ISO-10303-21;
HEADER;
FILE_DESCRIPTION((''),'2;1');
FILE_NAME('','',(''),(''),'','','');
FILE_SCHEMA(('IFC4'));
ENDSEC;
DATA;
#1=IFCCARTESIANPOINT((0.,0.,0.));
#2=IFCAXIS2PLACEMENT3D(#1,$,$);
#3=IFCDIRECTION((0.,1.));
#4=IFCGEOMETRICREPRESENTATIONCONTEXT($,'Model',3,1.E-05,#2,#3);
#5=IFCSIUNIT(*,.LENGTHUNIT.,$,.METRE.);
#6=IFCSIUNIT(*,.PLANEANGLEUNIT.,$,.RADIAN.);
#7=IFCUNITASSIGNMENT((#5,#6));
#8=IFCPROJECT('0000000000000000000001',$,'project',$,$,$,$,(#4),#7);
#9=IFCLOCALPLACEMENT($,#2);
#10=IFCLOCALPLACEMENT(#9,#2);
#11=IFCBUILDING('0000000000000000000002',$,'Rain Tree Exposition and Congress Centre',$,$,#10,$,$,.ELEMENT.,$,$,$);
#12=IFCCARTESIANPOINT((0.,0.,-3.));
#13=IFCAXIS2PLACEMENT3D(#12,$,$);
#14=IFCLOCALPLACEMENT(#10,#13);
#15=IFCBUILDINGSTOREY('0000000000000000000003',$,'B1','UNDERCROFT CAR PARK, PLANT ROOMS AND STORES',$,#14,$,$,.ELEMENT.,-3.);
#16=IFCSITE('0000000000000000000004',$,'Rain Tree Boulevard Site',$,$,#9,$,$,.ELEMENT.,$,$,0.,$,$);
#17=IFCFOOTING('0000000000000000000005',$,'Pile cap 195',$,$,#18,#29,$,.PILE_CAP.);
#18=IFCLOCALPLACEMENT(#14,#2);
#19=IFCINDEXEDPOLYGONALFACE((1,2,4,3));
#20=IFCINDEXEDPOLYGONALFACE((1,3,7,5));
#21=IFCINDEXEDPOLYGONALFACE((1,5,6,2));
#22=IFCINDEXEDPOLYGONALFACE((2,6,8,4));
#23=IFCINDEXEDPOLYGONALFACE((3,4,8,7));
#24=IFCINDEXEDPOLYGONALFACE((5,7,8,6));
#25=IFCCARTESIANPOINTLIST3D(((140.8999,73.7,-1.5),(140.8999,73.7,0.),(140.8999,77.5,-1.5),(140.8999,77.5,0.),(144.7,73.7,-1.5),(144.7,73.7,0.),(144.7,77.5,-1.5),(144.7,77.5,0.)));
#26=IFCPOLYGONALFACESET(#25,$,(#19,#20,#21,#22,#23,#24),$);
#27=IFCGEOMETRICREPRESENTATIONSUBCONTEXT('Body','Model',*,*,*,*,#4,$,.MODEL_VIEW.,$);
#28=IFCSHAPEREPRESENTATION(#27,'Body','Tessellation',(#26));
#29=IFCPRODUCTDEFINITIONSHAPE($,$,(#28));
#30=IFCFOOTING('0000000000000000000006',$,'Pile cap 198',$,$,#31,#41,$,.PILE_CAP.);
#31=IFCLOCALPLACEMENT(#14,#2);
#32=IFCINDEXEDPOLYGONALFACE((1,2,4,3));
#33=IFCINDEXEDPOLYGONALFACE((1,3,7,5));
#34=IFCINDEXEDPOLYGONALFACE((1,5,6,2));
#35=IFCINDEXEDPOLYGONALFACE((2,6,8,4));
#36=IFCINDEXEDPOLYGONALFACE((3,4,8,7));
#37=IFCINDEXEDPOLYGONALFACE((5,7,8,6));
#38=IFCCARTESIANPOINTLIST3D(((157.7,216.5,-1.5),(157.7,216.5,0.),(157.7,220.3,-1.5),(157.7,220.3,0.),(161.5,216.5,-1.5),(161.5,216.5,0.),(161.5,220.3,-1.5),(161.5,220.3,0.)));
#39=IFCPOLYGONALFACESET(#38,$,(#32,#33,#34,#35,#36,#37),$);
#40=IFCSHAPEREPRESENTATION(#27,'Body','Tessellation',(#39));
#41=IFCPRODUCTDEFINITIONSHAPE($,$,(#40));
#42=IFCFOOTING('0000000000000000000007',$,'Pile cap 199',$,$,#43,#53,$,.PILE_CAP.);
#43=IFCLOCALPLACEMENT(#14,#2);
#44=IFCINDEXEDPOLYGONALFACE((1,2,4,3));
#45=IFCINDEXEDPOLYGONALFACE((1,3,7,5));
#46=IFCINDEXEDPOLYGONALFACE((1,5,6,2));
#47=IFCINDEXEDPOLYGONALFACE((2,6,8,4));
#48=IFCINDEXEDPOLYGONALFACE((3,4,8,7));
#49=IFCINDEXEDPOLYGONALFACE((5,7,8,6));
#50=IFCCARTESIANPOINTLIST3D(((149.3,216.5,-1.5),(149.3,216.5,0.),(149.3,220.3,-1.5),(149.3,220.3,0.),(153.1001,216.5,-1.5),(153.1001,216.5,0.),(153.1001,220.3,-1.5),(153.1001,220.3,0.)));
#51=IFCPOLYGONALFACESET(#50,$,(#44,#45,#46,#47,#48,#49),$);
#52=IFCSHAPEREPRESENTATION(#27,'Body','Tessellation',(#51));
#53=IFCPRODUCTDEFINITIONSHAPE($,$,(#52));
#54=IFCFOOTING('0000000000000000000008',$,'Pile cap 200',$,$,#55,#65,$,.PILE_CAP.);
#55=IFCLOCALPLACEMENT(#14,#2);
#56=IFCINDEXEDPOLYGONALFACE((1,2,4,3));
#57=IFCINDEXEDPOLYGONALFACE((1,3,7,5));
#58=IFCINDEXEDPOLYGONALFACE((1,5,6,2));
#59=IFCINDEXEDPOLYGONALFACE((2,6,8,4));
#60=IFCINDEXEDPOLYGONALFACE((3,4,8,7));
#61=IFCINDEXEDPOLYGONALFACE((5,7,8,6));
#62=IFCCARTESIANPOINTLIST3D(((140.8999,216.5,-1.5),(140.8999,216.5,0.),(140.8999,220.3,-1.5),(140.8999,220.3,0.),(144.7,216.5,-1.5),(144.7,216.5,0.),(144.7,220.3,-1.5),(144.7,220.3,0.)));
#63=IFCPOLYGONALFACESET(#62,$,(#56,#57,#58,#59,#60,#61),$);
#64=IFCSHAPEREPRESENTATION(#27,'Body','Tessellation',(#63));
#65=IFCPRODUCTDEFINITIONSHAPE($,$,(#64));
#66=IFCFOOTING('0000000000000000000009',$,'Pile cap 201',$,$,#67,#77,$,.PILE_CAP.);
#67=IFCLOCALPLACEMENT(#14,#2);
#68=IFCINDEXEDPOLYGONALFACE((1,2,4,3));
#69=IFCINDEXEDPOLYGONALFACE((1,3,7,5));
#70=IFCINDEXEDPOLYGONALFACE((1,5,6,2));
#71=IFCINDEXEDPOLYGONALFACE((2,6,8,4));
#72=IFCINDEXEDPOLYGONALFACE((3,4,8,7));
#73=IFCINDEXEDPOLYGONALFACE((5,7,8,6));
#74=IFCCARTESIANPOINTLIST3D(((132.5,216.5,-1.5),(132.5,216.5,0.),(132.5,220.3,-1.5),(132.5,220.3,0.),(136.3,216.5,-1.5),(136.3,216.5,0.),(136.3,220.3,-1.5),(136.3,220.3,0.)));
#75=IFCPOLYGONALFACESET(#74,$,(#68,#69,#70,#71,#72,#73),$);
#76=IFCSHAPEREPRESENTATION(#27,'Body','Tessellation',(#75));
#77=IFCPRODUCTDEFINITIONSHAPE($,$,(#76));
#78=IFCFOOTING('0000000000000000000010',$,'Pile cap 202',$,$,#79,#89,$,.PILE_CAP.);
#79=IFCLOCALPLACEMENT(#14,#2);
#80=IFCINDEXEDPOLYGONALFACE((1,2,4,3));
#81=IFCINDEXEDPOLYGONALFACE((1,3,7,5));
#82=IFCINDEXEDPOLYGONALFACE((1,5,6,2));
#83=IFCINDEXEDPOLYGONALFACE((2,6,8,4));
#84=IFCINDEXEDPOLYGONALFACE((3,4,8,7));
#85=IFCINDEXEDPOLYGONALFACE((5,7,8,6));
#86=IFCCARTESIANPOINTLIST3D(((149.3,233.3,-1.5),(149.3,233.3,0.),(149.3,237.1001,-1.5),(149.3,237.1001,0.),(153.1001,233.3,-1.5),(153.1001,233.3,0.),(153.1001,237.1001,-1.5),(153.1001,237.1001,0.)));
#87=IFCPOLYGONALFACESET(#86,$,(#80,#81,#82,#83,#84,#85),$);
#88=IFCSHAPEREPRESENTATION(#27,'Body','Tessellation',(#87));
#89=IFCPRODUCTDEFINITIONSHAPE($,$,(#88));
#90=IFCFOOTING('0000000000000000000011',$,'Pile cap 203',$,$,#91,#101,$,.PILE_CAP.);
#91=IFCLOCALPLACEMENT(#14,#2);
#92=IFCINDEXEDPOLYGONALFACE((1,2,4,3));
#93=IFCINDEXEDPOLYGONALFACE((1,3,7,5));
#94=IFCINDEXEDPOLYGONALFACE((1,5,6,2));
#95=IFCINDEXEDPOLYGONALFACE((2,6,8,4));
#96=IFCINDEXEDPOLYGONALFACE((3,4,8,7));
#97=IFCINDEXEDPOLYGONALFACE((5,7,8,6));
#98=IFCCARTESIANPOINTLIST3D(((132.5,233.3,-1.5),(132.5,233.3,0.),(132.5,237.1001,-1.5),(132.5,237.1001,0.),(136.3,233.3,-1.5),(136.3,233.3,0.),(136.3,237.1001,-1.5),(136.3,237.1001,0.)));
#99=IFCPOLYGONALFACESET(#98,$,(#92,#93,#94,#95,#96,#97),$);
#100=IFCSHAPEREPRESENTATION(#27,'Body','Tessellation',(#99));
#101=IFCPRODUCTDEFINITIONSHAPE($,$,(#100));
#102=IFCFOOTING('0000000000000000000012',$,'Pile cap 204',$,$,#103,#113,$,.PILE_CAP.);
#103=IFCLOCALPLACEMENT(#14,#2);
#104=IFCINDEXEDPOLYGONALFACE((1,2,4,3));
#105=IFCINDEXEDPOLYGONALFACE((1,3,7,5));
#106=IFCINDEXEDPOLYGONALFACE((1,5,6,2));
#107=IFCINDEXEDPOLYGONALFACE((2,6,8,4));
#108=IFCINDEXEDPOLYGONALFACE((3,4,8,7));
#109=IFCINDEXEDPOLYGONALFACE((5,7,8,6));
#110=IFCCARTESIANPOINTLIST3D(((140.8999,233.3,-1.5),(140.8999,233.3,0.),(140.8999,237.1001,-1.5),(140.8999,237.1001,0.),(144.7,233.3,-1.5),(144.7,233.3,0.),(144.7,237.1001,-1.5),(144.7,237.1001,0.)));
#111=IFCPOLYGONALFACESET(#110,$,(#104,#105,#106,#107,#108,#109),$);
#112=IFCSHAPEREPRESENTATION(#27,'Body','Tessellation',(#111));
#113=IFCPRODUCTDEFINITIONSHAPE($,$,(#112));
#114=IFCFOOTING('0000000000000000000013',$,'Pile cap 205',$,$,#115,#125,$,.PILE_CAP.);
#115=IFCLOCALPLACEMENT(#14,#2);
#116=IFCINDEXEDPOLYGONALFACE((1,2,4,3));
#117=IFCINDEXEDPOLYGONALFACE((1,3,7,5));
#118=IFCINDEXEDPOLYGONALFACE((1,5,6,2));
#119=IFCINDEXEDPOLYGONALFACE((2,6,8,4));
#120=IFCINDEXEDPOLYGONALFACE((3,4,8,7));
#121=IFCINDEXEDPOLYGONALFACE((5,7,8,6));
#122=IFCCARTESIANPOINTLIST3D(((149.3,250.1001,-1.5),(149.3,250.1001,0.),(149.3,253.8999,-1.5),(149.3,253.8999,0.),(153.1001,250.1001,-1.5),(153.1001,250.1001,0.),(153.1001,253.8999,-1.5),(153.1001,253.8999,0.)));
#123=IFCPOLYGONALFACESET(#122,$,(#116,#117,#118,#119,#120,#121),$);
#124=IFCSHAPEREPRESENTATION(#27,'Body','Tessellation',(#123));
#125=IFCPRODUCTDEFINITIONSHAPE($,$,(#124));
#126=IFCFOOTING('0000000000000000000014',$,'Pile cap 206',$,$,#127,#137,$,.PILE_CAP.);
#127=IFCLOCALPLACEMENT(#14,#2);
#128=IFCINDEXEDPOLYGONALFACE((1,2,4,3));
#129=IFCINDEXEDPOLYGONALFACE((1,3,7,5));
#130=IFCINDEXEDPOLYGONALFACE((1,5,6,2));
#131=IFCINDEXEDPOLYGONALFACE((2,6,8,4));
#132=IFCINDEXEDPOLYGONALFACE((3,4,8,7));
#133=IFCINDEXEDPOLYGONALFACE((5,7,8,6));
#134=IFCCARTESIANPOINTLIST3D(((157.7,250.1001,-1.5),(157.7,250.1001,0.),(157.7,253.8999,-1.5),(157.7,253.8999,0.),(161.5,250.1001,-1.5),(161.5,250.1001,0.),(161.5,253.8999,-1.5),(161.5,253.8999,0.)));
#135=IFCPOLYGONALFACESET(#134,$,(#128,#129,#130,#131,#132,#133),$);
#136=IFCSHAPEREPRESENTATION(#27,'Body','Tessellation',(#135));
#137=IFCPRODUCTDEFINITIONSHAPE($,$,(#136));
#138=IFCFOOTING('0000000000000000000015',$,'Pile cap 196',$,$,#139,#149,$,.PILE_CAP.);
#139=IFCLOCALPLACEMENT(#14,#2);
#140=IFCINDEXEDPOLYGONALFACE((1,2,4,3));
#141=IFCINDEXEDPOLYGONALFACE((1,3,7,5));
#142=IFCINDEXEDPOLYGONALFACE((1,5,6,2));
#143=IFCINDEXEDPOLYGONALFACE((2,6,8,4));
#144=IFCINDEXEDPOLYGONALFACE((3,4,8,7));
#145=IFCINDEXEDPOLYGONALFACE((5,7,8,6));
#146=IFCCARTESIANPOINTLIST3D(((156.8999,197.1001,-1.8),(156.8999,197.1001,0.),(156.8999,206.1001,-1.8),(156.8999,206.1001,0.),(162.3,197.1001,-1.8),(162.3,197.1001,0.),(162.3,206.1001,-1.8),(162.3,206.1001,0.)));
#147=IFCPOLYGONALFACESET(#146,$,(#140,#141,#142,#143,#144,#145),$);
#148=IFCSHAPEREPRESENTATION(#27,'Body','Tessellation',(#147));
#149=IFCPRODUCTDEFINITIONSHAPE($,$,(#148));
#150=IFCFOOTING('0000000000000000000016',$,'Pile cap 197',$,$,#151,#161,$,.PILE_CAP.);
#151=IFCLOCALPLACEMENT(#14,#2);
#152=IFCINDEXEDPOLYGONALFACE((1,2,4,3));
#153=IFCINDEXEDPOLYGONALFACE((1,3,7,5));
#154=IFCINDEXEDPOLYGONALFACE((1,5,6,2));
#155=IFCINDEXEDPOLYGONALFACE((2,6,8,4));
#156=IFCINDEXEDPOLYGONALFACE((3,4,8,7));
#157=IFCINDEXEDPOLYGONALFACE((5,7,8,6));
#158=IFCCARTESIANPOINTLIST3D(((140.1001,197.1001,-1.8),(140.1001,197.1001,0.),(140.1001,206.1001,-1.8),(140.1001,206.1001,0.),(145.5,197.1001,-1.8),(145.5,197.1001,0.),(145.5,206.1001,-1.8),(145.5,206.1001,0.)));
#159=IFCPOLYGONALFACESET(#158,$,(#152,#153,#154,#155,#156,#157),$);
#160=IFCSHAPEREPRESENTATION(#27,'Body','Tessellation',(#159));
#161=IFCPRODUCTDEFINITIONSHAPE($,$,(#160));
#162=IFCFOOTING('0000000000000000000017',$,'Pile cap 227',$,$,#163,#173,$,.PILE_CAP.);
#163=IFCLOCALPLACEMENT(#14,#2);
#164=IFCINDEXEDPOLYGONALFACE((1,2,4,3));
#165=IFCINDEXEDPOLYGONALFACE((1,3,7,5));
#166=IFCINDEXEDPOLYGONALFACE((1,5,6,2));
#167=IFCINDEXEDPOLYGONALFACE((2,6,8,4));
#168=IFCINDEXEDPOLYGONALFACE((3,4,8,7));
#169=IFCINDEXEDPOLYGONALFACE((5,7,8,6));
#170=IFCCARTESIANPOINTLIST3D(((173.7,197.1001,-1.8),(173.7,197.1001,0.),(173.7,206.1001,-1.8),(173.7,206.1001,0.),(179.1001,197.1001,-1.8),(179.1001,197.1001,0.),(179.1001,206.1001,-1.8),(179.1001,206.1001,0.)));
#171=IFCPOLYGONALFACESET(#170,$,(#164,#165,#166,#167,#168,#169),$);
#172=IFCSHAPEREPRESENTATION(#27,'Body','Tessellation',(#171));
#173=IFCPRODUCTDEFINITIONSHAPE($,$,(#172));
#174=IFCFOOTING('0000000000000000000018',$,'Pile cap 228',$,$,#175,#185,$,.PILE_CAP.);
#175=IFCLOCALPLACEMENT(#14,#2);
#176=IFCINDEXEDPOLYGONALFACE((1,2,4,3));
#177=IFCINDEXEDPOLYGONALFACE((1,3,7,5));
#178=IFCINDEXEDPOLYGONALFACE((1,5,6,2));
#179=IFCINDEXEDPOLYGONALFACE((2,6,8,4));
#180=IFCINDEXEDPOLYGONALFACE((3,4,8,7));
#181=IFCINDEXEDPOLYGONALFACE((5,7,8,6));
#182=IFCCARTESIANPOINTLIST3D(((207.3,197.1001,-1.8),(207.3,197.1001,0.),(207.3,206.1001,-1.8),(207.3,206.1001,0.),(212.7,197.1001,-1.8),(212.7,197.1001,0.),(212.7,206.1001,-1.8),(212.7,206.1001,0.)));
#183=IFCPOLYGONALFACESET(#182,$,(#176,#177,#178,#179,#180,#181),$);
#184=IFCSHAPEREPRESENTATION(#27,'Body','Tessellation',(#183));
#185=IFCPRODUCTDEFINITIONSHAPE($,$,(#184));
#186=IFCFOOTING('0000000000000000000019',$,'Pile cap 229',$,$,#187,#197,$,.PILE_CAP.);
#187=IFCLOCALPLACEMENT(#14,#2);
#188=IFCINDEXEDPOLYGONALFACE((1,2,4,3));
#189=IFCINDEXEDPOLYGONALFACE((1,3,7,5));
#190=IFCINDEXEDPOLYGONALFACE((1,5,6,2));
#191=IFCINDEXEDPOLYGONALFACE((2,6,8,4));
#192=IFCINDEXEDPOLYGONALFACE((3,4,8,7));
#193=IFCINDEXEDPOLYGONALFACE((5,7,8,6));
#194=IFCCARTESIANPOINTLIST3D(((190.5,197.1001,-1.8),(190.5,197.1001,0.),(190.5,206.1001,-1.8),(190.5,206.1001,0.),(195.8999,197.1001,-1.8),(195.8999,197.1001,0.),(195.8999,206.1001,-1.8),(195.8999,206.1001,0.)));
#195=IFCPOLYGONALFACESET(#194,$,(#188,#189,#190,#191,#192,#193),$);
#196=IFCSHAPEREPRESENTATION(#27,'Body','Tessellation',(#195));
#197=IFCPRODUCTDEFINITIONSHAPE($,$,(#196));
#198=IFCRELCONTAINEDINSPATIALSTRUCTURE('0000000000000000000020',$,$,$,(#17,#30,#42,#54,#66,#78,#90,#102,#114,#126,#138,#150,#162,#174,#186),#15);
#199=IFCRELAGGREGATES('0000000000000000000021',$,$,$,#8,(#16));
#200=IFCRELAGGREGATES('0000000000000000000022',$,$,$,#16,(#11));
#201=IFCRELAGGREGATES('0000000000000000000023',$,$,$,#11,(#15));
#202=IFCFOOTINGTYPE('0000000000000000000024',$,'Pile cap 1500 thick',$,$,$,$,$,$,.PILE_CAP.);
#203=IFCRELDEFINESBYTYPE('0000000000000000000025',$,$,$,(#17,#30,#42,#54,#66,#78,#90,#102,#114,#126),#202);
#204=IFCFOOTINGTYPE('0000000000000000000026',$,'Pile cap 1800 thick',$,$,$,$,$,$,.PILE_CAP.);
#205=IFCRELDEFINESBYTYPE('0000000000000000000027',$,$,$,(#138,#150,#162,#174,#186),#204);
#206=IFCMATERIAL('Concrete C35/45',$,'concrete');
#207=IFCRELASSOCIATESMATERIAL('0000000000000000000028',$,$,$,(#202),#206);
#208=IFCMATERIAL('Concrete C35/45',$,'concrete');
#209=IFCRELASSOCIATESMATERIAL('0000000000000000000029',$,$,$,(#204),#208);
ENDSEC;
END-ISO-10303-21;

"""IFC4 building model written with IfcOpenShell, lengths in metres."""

from ifc_helpers import new_model, si_unit, direction, frame, origin, place, context, subcontext, project, spatial, polyline, outline, extrude, material, type_object, element, save


model = new_model("IFC4")

# Units and contexts
model_context = context("Model", 3, precision=1e-05, world=origin(), true_north=direction((0.0, 1.0)))
body_context = subcontext(model_context, "Body", "Model", "MODEL_VIEW")
ifc_project = project(units=[si_unit("LENGTHUNIT", "METRE"), si_unit("PLANEANGLEUNIT", "RADIAN")], contexts=[model_context])

# Site, building, storey
site_placement = place(None, origin())
site = spatial("IfcSite", under=ifc_project, at=site_placement, Name="Rain Tree Boulevard Site", CompositionType="ELEMENT", RefElevation=0.0)
building_placement = place(site_placement, origin())
building = spatial("IfcBuilding", under=site, at=building_placement, Name="Rain Tree Exposition and Congress Centre", CompositionType="ELEMENT")
storey_placement = place(building_placement, frame((0.0, 0.0, -3.0)))
storey = spatial("IfcBuildingStorey", under=building, at=storey_placement, Name="B1", Description="UNDERCROFT CAR PARK, PLANT ROOMS AND STORES", CompositionType="ELEMENT", Elevation=-3.0)

# Footings
ifc_material_1 = material(Name="Concrete C35/45", Category="concrete")
footing_type_1 = type_object("IfcFootingType", Name="Pile cap 1500 thick", PredefinedType="PILE_CAP", material=ifc_material_1)
footing_1_placement = place(storey_placement, frame((0.0, 0.0, -1.5)))
element("IfcFooting", 1, at=footing_1_placement, inside=storey, type_object=footing_type_1, Name="Pile cap 195", PredefinedType="PILE_CAP", context=body_context, shape_type="SweptSolid", body=[
    extrude(outline(polyline([(144.7, 73.7), (144.7, 77.5), (140.8999, 77.5), (140.8999, 73.7), (144.7, 73.7)])), origin(), (0.0, 0.0, 1.0), 1.5),
])
footing_2_placement = place(storey_placement, frame((0.0, 0.0, -1.5)))
element("IfcFooting", 2, at=footing_2_placement, inside=storey, type_object=footing_type_1, Name="Pile cap 198", PredefinedType="PILE_CAP", context=body_context, shape_type="SweptSolid", body=[
    extrude(outline(polyline([(161.5, 216.5), (161.5, 220.3), (157.7, 220.3), (157.7, 216.5), (161.5, 216.5)])), origin(), (0.0, 0.0, 1.0), 1.5),
])
footing_3_placement = place(storey_placement, frame((0.0, 0.0, -1.5)))
element("IfcFooting", 3, at=footing_3_placement, inside=storey, type_object=footing_type_1, Name="Pile cap 199", PredefinedType="PILE_CAP", context=body_context, shape_type="SweptSolid", body=[
    extrude(outline(polyline([(153.1001, 216.5), (153.1001, 220.3), (149.3, 220.3), (149.3, 216.5), (153.1001, 216.5)])), origin(), (0.0, 0.0, 1.0), 1.5),
])
footing_4_placement = place(storey_placement, frame((0.0, 0.0, -1.5)))
element("IfcFooting", 4, at=footing_4_placement, inside=storey, type_object=footing_type_1, Name="Pile cap 200", PredefinedType="PILE_CAP", context=body_context, shape_type="SweptSolid", body=[
    extrude(outline(polyline([(144.7, 216.5), (144.7, 220.3), (140.8999, 220.3), (140.8999, 216.5), (144.7, 216.5)])), origin(), (0.0, 0.0, 1.0), 1.5),
])
footing_5_placement = place(storey_placement, frame((0.0, 0.0, -1.5)))
element("IfcFooting", 5, at=footing_5_placement, inside=storey, type_object=footing_type_1, Name="Pile cap 201", PredefinedType="PILE_CAP", context=body_context, shape_type="SweptSolid", body=[
    extrude(outline(polyline([(136.3, 216.5), (136.3, 220.3), (132.5, 220.3), (132.5, 216.5), (136.3, 216.5)])), origin(), (0.0, 0.0, 1.0), 1.5),
])
footing_6_placement = place(storey_placement, frame((0.0, 0.0, -1.5)))
element("IfcFooting", 6, at=footing_6_placement, inside=storey, type_object=footing_type_1, Name="Pile cap 202", PredefinedType="PILE_CAP", context=body_context, shape_type="SweptSolid", body=[
    extrude(outline(polyline([(153.1001, 233.3), (153.1001, 237.1001), (149.3, 237.1001), (149.3, 233.3), (153.1001, 233.3)])), origin(), (0.0, 0.0, 1.0), 1.5),
])
footing_7_placement = place(storey_placement, frame((0.0, 0.0, -1.5)))
element("IfcFooting", 7, at=footing_7_placement, inside=storey, type_object=footing_type_1, Name="Pile cap 203", PredefinedType="PILE_CAP", context=body_context, shape_type="SweptSolid", body=[
    extrude(outline(polyline([(136.3, 233.3), (136.3, 237.1001), (132.5, 237.1001), (132.5, 233.3), (136.3, 233.3)])), origin(), (0.0, 0.0, 1.0), 1.5),
])
footing_8_placement = place(storey_placement, frame((0.0, 0.0, -1.5)))
element("IfcFooting", 8, at=footing_8_placement, inside=storey, type_object=footing_type_1, Name="Pile cap 204", PredefinedType="PILE_CAP", context=body_context, shape_type="SweptSolid", body=[
    extrude(outline(polyline([(144.7, 233.3), (144.7, 237.1001), (140.8999, 237.1001), (140.8999, 233.3), (144.7, 233.3)])), origin(), (0.0, 0.0, 1.0), 1.5),
])
footing_9_placement = place(storey_placement, frame((0.0, 0.0, -1.5)))
element("IfcFooting", 9, at=footing_9_placement, inside=storey, type_object=footing_type_1, Name="Pile cap 205", PredefinedType="PILE_CAP", context=body_context, shape_type="SweptSolid", body=[
    extrude(outline(polyline([(153.1001, 250.1001), (153.1001, 253.8999), (149.3, 253.8999), (149.3, 250.1001), (153.1001, 250.1001)])), origin(), (0.0, 0.0, 1.0), 1.5),
])
footing_10_placement = place(storey_placement, frame((0.0, 0.0, -1.5)))
element("IfcFooting", 10, at=footing_10_placement, inside=storey, type_object=footing_type_1, Name="Pile cap 206", PredefinedType="PILE_CAP", context=body_context, shape_type="SweptSolid", body=[
    extrude(outline(polyline([(161.5, 250.1001), (161.5, 253.8999), (157.7, 253.8999), (157.7, 250.1001), (161.5, 250.1001)])), origin(), (0.0, 0.0, 1.0), 1.5),
])
ifc_material_2 = material(Name="Concrete C35/45", Category="concrete")
footing_type_2 = type_object("IfcFootingType", Name="Pile cap 1800 thick", PredefinedType="PILE_CAP", material=ifc_material_2)
footing_11_placement = place(storey_placement, frame((0.0, 0.0, -1.8)))
element("IfcFooting", 11, at=footing_11_placement, inside=storey, type_object=footing_type_2, Name="Pile cap 196", PredefinedType="PILE_CAP", context=body_context, shape_type="SweptSolid", body=[
    extrude(outline(polyline([(162.3, 197.1001), (162.3, 206.1001), (156.8999, 206.1001), (156.8999, 197.1001), (162.3, 197.1001)])), origin(), (0.0, 0.0, 1.0), 1.8),
])
footing_12_placement = place(storey_placement, frame((0.0, 0.0, -1.8)))
element("IfcFooting", 12, at=footing_12_placement, inside=storey, type_object=footing_type_2, Name="Pile cap 197", PredefinedType="PILE_CAP", context=body_context, shape_type="SweptSolid", body=[
    extrude(outline(polyline([(145.5, 197.1001), (145.5, 206.1001), (140.1001, 206.1001), (140.1001, 197.1001), (145.5, 197.1001)])), origin(), (0.0, 0.0, 1.0), 1.8),
])
footing_13_placement = place(storey_placement, frame((0.0, 0.0, -1.8)))
element("IfcFooting", 13, at=footing_13_placement, inside=storey, type_object=footing_type_2, Name="Pile cap 227", PredefinedType="PILE_CAP", context=body_context, shape_type="SweptSolid", body=[
    extrude(outline(polyline([(179.1001, 197.1001), (179.1001, 206.1001), (173.7, 206.1001), (173.7, 197.1001), (179.1001, 197.1001)])), origin(), (0.0, 0.0, 1.0), 1.8),
])
footing_14_placement = place(storey_placement, frame((0.0, 0.0, -1.8)))
element("IfcFooting", 14, at=footing_14_placement, inside=storey, type_object=footing_type_2, Name="Pile cap 228", PredefinedType="PILE_CAP", context=body_context, shape_type="SweptSolid", body=[
    extrude(outline(polyline([(212.7, 197.1001), (212.7, 206.1001), (207.3, 206.1001), (207.3, 197.1001), (212.7, 197.1001)])), origin(), (0.0, 0.0, 1.0), 1.8),
])
footing_15_placement = place(storey_placement, frame((0.0, 0.0, -1.8)))
element("IfcFooting", 15, at=footing_15_placement, inside=storey, type_object=footing_type_2, Name="Pile cap 229", PredefinedType="PILE_CAP", context=body_context, shape_type="SweptSolid", body=[
    extrude(outline(polyline([(195.8999, 197.1001), (195.8999, 206.1001), (190.5, 206.1001), (190.5, 197.1001), (195.8999, 197.1001)])), origin(), (0.0, 0.0, 1.0), 1.8),
])

save(model, "model.ifc")
